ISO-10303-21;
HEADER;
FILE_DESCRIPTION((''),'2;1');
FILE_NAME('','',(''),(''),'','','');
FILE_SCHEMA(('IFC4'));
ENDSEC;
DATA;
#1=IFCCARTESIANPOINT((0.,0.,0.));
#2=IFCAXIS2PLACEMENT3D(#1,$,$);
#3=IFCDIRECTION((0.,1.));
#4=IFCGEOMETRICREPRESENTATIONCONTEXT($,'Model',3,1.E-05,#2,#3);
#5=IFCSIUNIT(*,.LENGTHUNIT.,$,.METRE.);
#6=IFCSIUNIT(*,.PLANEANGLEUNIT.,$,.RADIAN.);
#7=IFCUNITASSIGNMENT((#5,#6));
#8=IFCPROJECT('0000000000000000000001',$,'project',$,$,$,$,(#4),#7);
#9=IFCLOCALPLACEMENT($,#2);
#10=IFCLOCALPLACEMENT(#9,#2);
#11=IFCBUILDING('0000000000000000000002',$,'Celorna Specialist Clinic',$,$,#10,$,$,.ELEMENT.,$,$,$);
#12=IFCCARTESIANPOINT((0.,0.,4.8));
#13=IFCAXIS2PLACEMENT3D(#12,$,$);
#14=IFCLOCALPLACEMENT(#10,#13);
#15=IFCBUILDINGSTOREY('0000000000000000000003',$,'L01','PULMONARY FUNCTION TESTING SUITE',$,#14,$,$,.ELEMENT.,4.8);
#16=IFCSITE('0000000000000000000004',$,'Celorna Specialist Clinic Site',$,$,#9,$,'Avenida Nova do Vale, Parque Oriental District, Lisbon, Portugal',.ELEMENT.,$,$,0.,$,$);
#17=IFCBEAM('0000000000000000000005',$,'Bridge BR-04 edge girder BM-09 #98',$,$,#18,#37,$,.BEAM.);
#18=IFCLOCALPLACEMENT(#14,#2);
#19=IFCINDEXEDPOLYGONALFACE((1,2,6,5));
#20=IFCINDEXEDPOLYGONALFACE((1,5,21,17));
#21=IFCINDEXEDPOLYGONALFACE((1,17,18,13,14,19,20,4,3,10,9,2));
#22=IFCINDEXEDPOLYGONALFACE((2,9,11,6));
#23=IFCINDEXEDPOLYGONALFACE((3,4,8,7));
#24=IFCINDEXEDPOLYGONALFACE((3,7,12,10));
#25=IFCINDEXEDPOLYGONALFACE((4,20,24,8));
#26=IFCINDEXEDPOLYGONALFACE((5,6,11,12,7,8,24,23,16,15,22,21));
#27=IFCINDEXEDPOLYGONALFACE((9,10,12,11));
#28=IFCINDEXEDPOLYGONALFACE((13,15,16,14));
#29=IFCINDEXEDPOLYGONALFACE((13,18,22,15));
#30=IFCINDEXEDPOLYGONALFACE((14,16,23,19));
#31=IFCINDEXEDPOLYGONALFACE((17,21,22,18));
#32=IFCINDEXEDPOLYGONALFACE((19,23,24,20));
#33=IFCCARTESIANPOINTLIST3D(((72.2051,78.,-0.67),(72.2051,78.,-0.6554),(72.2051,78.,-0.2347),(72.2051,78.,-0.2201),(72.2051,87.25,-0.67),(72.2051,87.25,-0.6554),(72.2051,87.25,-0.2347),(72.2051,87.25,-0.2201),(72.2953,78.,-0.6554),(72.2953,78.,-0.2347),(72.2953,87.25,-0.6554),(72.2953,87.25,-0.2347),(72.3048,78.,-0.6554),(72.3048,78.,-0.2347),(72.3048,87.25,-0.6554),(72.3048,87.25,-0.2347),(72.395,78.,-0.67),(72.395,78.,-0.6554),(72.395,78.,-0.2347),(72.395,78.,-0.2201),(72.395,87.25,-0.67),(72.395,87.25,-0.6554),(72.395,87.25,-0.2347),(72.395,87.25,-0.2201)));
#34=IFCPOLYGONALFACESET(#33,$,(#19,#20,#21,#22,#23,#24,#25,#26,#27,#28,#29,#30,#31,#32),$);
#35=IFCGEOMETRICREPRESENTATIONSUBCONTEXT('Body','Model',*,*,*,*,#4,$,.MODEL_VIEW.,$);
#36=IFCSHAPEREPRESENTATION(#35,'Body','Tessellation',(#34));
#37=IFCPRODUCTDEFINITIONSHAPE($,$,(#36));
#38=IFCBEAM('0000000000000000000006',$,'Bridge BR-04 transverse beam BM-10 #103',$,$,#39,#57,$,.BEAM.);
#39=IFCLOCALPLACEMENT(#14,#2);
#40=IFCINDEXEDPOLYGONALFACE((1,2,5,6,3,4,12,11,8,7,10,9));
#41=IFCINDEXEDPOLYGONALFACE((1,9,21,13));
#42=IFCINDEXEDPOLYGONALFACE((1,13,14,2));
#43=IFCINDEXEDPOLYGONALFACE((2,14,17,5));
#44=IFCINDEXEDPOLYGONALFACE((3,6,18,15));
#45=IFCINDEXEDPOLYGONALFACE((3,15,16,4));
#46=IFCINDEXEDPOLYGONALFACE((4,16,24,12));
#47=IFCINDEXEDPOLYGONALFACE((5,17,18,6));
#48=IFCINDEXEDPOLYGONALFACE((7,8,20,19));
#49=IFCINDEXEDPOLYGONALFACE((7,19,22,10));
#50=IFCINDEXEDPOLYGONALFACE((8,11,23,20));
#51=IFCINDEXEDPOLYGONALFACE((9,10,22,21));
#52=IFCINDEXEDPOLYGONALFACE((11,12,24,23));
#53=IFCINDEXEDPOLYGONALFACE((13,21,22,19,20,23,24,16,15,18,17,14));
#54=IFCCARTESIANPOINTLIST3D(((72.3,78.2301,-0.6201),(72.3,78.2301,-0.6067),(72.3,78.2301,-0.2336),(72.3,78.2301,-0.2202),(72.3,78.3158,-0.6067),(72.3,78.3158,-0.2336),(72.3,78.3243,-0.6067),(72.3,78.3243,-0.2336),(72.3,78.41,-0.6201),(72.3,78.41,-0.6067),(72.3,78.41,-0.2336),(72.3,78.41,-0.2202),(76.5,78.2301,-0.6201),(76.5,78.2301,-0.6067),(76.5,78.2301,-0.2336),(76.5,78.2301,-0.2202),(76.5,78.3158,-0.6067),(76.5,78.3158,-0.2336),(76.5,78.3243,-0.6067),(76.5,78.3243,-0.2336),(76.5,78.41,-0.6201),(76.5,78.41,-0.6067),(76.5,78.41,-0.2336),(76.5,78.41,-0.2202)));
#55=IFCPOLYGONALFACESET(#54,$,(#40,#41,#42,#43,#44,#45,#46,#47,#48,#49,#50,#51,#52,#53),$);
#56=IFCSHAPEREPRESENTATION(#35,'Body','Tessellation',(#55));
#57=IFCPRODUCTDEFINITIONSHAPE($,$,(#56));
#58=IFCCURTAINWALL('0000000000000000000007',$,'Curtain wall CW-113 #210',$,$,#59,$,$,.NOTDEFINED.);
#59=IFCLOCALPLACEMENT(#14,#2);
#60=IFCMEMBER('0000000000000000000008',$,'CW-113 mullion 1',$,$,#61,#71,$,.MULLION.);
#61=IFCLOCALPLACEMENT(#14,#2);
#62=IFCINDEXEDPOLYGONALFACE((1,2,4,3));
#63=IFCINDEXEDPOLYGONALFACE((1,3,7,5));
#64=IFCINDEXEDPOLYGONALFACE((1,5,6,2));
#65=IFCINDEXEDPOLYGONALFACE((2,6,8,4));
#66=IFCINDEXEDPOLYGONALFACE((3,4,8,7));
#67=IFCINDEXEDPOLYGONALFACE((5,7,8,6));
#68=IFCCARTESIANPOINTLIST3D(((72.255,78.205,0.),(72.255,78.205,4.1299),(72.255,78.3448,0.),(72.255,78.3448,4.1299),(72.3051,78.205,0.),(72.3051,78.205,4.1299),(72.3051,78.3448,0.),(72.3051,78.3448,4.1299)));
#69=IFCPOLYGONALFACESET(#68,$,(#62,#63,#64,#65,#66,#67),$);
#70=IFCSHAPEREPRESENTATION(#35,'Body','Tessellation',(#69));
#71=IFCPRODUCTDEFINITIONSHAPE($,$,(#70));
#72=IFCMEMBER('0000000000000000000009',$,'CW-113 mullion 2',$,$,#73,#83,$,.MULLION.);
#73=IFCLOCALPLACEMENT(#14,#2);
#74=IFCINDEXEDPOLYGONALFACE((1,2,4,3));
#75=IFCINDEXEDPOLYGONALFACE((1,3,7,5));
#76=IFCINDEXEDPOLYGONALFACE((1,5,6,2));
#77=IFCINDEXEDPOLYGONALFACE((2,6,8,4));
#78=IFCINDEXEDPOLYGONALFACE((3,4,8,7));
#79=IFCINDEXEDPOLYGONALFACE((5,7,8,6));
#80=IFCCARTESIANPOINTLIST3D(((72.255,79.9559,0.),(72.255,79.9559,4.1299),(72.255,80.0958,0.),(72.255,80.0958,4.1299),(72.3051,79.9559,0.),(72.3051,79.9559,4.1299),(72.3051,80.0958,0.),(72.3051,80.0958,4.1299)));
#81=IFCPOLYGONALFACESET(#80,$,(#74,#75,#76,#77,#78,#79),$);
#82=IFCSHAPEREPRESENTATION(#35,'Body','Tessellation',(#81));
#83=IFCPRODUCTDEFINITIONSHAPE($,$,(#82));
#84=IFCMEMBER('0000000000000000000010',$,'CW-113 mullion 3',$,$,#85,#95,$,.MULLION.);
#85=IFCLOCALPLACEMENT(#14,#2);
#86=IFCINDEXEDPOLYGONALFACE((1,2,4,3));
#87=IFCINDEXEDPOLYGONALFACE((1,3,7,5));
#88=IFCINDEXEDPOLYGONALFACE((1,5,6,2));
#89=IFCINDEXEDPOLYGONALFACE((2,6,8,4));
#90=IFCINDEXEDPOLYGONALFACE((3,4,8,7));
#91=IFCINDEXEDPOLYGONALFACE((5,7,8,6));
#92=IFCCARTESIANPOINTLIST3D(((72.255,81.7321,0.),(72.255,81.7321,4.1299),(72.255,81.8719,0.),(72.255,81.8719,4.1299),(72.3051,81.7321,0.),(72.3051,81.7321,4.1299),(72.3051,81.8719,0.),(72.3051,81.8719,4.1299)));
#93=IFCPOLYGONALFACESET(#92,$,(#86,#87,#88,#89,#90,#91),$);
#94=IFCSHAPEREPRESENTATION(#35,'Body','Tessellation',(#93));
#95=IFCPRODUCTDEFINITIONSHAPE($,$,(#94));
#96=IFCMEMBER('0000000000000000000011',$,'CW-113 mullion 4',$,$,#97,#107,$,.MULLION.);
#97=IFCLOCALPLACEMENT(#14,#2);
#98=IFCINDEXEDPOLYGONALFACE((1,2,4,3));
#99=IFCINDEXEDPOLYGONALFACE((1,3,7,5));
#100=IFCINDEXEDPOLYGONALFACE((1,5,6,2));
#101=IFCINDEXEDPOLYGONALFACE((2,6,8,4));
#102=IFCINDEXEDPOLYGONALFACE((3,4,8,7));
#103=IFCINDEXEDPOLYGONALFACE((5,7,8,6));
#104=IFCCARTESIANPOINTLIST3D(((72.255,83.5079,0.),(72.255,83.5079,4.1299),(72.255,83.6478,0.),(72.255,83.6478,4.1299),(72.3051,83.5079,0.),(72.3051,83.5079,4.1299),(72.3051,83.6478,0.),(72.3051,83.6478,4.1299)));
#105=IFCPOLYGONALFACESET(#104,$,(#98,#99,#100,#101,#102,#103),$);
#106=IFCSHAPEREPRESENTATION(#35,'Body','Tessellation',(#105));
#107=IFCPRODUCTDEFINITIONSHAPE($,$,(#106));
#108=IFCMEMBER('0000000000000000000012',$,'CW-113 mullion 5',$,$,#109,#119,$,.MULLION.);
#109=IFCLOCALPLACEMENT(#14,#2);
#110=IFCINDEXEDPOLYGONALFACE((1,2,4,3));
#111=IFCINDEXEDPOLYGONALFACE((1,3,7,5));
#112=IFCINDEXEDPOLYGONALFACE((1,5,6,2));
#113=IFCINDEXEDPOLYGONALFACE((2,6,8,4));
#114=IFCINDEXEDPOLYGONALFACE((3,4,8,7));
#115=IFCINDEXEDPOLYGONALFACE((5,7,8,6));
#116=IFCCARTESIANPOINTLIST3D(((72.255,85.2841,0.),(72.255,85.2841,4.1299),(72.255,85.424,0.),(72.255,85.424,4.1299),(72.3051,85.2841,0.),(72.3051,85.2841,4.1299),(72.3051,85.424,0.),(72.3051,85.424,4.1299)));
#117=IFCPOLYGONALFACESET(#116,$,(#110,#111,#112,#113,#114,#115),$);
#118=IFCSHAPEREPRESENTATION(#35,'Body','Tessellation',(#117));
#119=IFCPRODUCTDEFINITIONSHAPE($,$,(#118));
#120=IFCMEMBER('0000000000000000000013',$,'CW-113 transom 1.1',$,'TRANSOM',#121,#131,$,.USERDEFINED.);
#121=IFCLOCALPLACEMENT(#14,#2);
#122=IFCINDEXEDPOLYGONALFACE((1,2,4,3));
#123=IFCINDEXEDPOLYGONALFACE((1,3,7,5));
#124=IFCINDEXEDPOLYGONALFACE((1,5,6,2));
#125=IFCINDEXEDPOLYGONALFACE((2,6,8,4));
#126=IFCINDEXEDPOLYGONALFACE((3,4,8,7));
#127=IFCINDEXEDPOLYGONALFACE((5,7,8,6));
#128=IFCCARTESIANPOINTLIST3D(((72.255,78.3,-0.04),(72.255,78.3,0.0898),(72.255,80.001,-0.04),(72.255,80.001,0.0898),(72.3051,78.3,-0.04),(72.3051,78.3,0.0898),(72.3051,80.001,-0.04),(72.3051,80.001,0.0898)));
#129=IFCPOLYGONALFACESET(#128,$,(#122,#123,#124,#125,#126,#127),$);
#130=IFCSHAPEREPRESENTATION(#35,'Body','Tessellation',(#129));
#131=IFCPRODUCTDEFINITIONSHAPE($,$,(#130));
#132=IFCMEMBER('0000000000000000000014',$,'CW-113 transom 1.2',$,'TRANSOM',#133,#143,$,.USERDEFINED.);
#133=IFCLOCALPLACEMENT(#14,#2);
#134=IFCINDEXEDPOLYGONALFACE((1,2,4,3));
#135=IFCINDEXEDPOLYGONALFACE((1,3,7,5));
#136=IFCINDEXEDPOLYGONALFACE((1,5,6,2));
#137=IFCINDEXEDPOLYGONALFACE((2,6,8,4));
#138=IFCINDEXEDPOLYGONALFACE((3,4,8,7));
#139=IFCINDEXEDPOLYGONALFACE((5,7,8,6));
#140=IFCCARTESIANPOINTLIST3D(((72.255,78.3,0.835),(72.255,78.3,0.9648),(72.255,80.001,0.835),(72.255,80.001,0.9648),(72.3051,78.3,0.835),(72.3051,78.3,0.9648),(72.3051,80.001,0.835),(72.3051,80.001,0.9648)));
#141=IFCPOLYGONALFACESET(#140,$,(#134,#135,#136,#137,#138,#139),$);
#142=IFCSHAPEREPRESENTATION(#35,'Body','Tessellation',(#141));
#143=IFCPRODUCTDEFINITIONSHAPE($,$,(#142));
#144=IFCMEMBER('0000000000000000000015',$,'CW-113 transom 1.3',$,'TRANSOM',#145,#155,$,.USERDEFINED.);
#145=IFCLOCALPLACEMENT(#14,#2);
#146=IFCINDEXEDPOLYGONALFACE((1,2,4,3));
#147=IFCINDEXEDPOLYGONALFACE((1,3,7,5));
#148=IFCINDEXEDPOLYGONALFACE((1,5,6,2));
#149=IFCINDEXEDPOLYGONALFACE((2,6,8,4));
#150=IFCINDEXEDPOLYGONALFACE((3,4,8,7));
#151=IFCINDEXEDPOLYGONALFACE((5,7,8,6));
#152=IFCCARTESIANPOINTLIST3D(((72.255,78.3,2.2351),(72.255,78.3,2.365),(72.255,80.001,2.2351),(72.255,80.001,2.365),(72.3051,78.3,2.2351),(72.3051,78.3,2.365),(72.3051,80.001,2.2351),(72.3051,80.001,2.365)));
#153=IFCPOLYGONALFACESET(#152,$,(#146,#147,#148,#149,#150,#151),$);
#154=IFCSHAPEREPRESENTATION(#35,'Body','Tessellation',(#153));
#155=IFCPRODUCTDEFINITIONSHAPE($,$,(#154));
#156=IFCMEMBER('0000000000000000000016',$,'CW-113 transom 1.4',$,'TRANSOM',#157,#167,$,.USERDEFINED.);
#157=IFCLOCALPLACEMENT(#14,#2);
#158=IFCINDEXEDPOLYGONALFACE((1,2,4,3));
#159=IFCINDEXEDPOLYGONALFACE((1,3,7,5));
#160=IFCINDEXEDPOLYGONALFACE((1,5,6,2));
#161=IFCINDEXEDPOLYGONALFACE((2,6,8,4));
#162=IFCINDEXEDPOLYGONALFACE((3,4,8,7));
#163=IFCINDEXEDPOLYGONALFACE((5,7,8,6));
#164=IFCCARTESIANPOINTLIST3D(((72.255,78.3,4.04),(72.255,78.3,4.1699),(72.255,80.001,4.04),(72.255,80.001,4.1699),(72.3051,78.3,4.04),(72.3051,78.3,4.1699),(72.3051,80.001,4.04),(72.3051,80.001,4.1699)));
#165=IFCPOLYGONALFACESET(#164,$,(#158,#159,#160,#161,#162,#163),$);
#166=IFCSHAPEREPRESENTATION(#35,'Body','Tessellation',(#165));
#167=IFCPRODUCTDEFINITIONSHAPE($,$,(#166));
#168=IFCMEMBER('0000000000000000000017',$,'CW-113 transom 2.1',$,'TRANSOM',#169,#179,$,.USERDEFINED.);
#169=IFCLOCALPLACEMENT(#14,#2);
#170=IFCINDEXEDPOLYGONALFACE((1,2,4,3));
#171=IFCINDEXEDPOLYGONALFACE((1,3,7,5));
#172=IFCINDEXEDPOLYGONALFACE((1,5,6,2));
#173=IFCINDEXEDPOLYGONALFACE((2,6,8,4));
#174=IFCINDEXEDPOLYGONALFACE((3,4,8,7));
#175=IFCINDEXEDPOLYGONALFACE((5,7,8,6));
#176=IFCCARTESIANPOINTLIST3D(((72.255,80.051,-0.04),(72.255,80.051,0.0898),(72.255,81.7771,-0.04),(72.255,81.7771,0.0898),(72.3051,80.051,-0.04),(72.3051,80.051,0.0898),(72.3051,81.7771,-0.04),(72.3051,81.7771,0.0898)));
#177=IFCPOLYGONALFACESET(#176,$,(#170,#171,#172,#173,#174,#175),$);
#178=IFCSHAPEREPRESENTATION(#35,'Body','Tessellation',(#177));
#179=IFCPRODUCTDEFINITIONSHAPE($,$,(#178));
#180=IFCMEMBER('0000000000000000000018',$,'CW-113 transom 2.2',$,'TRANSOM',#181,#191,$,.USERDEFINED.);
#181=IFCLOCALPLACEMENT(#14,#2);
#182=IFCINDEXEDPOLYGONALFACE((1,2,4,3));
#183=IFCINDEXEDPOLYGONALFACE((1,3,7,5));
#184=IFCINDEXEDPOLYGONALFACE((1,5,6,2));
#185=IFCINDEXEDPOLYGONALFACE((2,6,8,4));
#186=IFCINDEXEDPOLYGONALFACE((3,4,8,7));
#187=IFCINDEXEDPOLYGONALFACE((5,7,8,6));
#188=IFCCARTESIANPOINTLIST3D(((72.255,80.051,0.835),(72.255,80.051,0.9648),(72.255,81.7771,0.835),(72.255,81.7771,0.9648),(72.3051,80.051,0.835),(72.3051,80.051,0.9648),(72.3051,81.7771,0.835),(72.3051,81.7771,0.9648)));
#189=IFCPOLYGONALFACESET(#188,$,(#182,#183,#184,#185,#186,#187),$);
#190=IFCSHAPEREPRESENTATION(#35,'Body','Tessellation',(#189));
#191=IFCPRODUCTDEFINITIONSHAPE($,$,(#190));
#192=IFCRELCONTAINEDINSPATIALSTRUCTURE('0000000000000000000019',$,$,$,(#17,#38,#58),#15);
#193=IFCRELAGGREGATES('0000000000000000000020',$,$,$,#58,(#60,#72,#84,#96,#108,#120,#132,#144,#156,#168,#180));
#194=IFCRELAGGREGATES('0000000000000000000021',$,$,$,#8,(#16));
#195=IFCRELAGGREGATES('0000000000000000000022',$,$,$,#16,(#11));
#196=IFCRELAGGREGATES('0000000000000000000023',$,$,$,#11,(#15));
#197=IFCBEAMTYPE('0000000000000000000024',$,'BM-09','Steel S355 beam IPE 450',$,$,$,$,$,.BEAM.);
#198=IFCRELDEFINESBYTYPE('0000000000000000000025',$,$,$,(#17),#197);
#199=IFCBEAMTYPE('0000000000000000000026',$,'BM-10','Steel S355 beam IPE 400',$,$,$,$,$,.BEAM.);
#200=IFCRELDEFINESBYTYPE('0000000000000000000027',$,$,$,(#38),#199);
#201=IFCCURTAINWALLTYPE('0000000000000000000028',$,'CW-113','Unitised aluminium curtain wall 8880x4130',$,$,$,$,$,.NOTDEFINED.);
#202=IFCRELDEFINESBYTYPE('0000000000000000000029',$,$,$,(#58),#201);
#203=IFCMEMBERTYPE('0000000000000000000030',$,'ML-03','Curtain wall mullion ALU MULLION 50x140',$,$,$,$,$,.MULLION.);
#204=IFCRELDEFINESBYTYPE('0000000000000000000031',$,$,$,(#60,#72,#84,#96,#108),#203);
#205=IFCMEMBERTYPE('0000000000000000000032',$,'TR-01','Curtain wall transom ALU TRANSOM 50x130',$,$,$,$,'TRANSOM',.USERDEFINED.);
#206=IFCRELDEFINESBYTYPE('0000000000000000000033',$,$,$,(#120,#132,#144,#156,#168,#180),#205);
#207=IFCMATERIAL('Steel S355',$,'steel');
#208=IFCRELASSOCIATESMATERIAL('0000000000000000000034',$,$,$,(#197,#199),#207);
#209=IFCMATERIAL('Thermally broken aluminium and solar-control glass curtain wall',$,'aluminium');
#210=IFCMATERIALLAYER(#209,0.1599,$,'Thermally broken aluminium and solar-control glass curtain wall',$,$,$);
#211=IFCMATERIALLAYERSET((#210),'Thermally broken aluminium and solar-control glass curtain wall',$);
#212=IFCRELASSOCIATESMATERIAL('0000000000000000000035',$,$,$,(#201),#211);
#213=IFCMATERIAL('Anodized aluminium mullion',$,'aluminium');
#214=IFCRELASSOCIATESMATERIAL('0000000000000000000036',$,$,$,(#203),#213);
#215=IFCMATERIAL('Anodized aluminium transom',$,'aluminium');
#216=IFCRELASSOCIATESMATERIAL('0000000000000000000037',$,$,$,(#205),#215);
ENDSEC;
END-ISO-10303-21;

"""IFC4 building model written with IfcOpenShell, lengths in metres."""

from ifc_helpers import new_model, si_unit, direction, frame, origin, origin_2d, place, context, subcontext, project, spatial, rectangle, i_section, extrude, material, layer, layer_set, material_profile, profile_set, type_object, element, aggregate, save


model = new_model("IFC4")

# Units and contexts
model_context = context("Model", 3, precision=1e-05, world=origin(), true_north=direction((0.0, 1.0)))
body_context = subcontext(model_context, "Body", "Model", "MODEL_VIEW")
ifc_project = project(units=[si_unit("LENGTHUNIT", "METRE"), si_unit("PLANEANGLEUNIT", "RADIAN")], contexts=[model_context])

# Site, building, storey
site_placement = place(None, origin())
site = spatial("IfcSite", under=ifc_project, at=site_placement, Name="Celorna Specialist Clinic Site", LongName="Avenida Nova do Vale, Parque Oriental District, Lisbon, Portugal", CompositionType="ELEMENT", RefElevation=0.0)
building_placement = place(site_placement, origin())
building = spatial("IfcBuilding", under=site, at=building_placement, Name="Celorna Specialist Clinic", CompositionType="ELEMENT")
storey_placement = place(building_placement, frame((0.0, 0.0, 4.8)))
storey = spatial("IfcBuildingStorey", under=building, at=storey_placement, Name="L01", Description="PULMONARY FUNCTION TESTING SUITE", CompositionType="ELEMENT", Elevation=4.8)

# Beams
ifc_material_1 = material(Name="Steel S355", Category="steel")
ifc_material_profile_1 = material_profile(ifc_material_1, i_section(OverallWidth=0.1899, OverallDepth=0.45, WebThickness=0.0095, FlangeThickness=0.0146, at=origin_2d()), Name="IPE 450")
ifc_profile_set_1 = profile_set([ifc_material_profile_1], Name="Steel S355")
beam_type_1 = type_object("IfcBeamType", Name="BM-09", Description="Steel S355 beam IPE 450", PredefinedType="BEAM", material=ifc_profile_set_1)
beam_1_placement = place(storey_placement, frame((72.3, 78.0, -0.4451), z_axis=(0.0, 1.0, 0.0), x_axis=(-1.0, 0.0, 0.0)))
element("IfcBeam", 1, at=beam_1_placement, inside=storey, type_object=beam_type_1, Name="Bridge BR-04 edge girder BM-09 #98", PredefinedType="BEAM", context=body_context, shape_type="SweptSolid", body=[
    extrude(i_section(OverallWidth=0.1899, OverallDepth=0.45, WebThickness=0.0095, FlangeThickness=0.0146, at=origin_2d()), origin(), (0.0, 0.0, 1.0), 9.25),
])
ifc_material_profile_2 = material_profile(ifc_material_1, i_section(OverallWidth=0.1799, OverallDepth=0.3999, WebThickness=0.0085, FlangeThickness=0.0134, at=origin_2d()), Name="IPE 400")
ifc_profile_set_2 = profile_set([ifc_material_profile_2], Name="Steel S355")
beam_type_2 = type_object("IfcBeamType", Name="BM-10", Description="Steel S355 beam IPE 400", PredefinedType="BEAM", material=ifc_profile_set_2)
beam_2_placement = place(storey_placement, frame((72.3, 78.3201, -0.4202), z_axis=(1.0, 0.0, 0.0), x_axis=(0.0, 1.0, 0.0)))
element("IfcBeam", 2, at=beam_2_placement, inside=storey, type_object=beam_type_2, Name="Bridge BR-04 transverse beam BM-10 #103", PredefinedType="BEAM", context=body_context, shape_type="SweptSolid", body=[
    extrude(i_section(OverallWidth=0.1799, OverallDepth=0.3999, WebThickness=0.0085, FlangeThickness=0.0134, at=origin_2d()), origin(), (0.0, 0.0, 1.0), 4.2),
])

# Curtain wall, members
ifc_material_2 = material(Name="Thermally broken aluminium and solar-control glass curtain wall", Category="aluminium")
ifc_layer_1 = layer(ifc_material_2, 0.1599, Name="Thermally broken aluminium and solar-control glass curtain wall")
ifc_layer_set_1 = layer_set([ifc_layer_1], Name="Thermally broken aluminium and solar-control glass curtain wall")
curtain_wall_type = type_object("IfcCurtainWallType", Name="CW-113", Description="Unitised aluminium curtain wall 8880x4130", PredefinedType="NOTDEFINED", material=ifc_layer_set_1)
curtain_wall_placement = place(storey_placement, origin())
curtain_wall = element("IfcCurtainWall", 3, at=curtain_wall_placement, inside=storey, type_object=curtain_wall_type, Name="Curtain wall CW-113 #210", PredefinedType="NOTDEFINED")
ifc_material_3 = material(Name="Anodized aluminium mullion", Category="aluminium")
ifc_material_profile_3 = material_profile(ifc_material_3, rectangle(XDim=0.05, YDim=0.1399, at=origin_2d()), Name="ALU MULLION 50x140")
ifc_profile_set_3 = profile_set([ifc_material_profile_3], Name="Anodized aluminium mullion")
member_type_1 = type_object("IfcMemberType", Name="ML-03", Description="Curtain wall mullion ALU MULLION 50x140", PredefinedType="MULLION", material=ifc_profile_set_3)
member_1_placement = place(storey_placement, frame((72.28, 78.2749, 0.0), z_axis=(0.0, 0.0, 1.0), x_axis=(-1.0, 0.0, 0.0)))
member_1 = element("IfcMember", 4, at=member_1_placement, type_object=member_type_1, Name="CW-113 mullion 1", PredefinedType="MULLION", context=body_context, shape_type="SweptSolid", body=[
    extrude(rectangle(XDim=0.05, YDim=0.1399, at=origin_2d()), origin(), (0.0, 0.0, 1.0), 4.1299),
])
member_2_placement = place(storey_placement, frame((72.28, 80.0259, 0.0), z_axis=(0.0, 0.0, 1.0), x_axis=(-1.0, 0.0, 0.0)))
member_2 = element("IfcMember", 5, at=member_2_placement, type_object=member_type_1, Name="CW-113 mullion 2", PredefinedType="MULLION", context=body_context, shape_type="SweptSolid", body=[
    extrude(rectangle(XDim=0.05, YDim=0.1399, at=origin_2d()), origin(), (0.0, 0.0, 1.0), 4.1299),
])
member_3_placement = place(storey_placement, frame((72.28, 81.802, 0.0), z_axis=(0.0, 0.0, 1.0), x_axis=(-1.0, 0.0, 0.0)))
member_3 = element("IfcMember", 6, at=member_3_placement, type_object=member_type_1, Name="CW-113 mullion 3", PredefinedType="MULLION", context=body_context, shape_type="SweptSolid", body=[
    extrude(rectangle(XDim=0.05, YDim=0.1399, at=origin_2d()), origin(), (0.0, 0.0, 1.0), 4.1299),
])
member_4_placement = place(storey_placement, frame((72.28, 83.5779, 0.0), z_axis=(0.0, 0.0, 1.0), x_axis=(-1.0, 0.0, 0.0)))
member_4 = element("IfcMember", 7, at=member_4_placement, type_object=member_type_1, Name="CW-113 mullion 4", PredefinedType="MULLION", context=body_context, shape_type="SweptSolid", body=[
    extrude(rectangle(XDim=0.05, YDim=0.1399, at=origin_2d()), origin(), (0.0, 0.0, 1.0), 4.1299),
])
member_5_placement = place(storey_placement, frame((72.28, 85.354, 0.0), z_axis=(0.0, 0.0, 1.0), x_axis=(-1.0, 0.0, 0.0)))
member_5 = element("IfcMember", 8, at=member_5_placement, type_object=member_type_1, Name="CW-113 mullion 5", PredefinedType="MULLION", context=body_context, shape_type="SweptSolid", body=[
    extrude(rectangle(XDim=0.05, YDim=0.1399, at=origin_2d()), origin(), (0.0, 0.0, 1.0), 4.1299),
])
ifc_material_4 = material(Name="Anodized aluminium transom", Category="aluminium")
ifc_material_profile_4 = material_profile(ifc_material_4, rectangle(XDim=0.05, YDim=0.1299, at=origin_2d()), Name="ALU TRANSOM 50x130")
ifc_profile_set_4 = profile_set([ifc_material_profile_4], Name="Anodized aluminium transom")
member_type_2 = type_object("IfcMemberType", Name="TR-01", Description="Curtain wall transom ALU TRANSOM 50x130", ElementType="TRANSOM", PredefinedType="USERDEFINED", material=ifc_profile_set_4)
member_6_placement = place(storey_placement, frame((72.28, 78.3, 0.0249), z_axis=(0.0, 1.0, 0.0), x_axis=(-1.0, 0.0, 0.0)))
member_6 = element("IfcMember", 9, at=member_6_placement, type_object=member_type_2, Name="CW-113 transom 1.1", ObjectType="TRANSOM", PredefinedType="USERDEFINED", context=body_context, shape_type="SweptSolid", body=[
    extrude(rectangle(XDim=0.05, YDim=0.1299, at=origin_2d()), origin(), (0.0, 0.0, 1.0), 1.7009),
])
member_7_placement = place(storey_placement, frame((72.28, 78.3, 0.8999), z_axis=(0.0, 1.0, 0.0), x_axis=(-1.0, 0.0, 0.0)))
member_7 = element("IfcMember", 10, at=member_7_placement, type_object=member_type_2, Name="CW-113 transom 1.2", ObjectType="TRANSOM", PredefinedType="USERDEFINED", context=body_context, shape_type="SweptSolid", body=[
    extrude(rectangle(XDim=0.05, YDim=0.1299, at=origin_2d()), origin(), (0.0, 0.0, 1.0), 1.7009),
])
member_8_placement = place(storey_placement, frame((72.28, 78.3, 2.3), z_axis=(0.0, 1.0, 0.0), x_axis=(-1.0, 0.0, 0.0)))
member_8 = element("IfcMember", 11, at=member_8_placement, type_object=member_type_2, Name="CW-113 transom 1.3", ObjectType="TRANSOM", PredefinedType="USERDEFINED", context=body_context, shape_type="SweptSolid", body=[
    extrude(rectangle(XDim=0.05, YDim=0.1299, at=origin_2d()), origin(), (0.0, 0.0, 1.0), 1.7009),
])
member_9_placement = place(storey_placement, frame((72.28, 78.3, 4.105), z_axis=(0.0, 1.0, 0.0), x_axis=(-1.0, 0.0, 0.0)))
member_9 = element("IfcMember", 12, at=member_9_placement, type_object=member_type_2, Name="CW-113 transom 1.4", ObjectType="TRANSOM", PredefinedType="USERDEFINED", context=body_context, shape_type="SweptSolid", body=[
    extrude(rectangle(XDim=0.05, YDim=0.1299, at=origin_2d()), origin(), (0.0, 0.0, 1.0), 1.7009),
])
member_10_placement = place(storey_placement, frame((72.28, 80.051, 0.0249), z_axis=(0.0, 1.0, 0.0), x_axis=(-1.0, 0.0, 0.0)))
member_10 = element("IfcMember", 13, at=member_10_placement, type_object=member_type_2, Name="CW-113 transom 2.1", ObjectType="TRANSOM", PredefinedType="USERDEFINED", context=body_context, shape_type="SweptSolid", body=[
    extrude(rectangle(XDim=0.05, YDim=0.1299, at=origin_2d()), origin(), (0.0, 0.0, 1.0), 1.7261),
])
member_11_placement = place(storey_placement, frame((72.28, 80.051, 0.8999), z_axis=(0.0, 1.0, 0.0), x_axis=(-1.0, 0.0, 0.0)))
member_11 = element("IfcMember", 14, at=member_11_placement, type_object=member_type_2, Name="CW-113 transom 2.2", ObjectType="TRANSOM", PredefinedType="USERDEFINED", context=body_context, shape_type="SweptSolid", body=[
    extrude(rectangle(XDim=0.05, YDim=0.1299, at=origin_2d()), origin(), (0.0, 0.0, 1.0), 1.7261),
])
aggregate(curtain_wall, [member_1, member_2, member_3, member_4, member_5, member_6, member_7, member_8, member_9, member_10, member_11])

save(model, "model.ifc")
